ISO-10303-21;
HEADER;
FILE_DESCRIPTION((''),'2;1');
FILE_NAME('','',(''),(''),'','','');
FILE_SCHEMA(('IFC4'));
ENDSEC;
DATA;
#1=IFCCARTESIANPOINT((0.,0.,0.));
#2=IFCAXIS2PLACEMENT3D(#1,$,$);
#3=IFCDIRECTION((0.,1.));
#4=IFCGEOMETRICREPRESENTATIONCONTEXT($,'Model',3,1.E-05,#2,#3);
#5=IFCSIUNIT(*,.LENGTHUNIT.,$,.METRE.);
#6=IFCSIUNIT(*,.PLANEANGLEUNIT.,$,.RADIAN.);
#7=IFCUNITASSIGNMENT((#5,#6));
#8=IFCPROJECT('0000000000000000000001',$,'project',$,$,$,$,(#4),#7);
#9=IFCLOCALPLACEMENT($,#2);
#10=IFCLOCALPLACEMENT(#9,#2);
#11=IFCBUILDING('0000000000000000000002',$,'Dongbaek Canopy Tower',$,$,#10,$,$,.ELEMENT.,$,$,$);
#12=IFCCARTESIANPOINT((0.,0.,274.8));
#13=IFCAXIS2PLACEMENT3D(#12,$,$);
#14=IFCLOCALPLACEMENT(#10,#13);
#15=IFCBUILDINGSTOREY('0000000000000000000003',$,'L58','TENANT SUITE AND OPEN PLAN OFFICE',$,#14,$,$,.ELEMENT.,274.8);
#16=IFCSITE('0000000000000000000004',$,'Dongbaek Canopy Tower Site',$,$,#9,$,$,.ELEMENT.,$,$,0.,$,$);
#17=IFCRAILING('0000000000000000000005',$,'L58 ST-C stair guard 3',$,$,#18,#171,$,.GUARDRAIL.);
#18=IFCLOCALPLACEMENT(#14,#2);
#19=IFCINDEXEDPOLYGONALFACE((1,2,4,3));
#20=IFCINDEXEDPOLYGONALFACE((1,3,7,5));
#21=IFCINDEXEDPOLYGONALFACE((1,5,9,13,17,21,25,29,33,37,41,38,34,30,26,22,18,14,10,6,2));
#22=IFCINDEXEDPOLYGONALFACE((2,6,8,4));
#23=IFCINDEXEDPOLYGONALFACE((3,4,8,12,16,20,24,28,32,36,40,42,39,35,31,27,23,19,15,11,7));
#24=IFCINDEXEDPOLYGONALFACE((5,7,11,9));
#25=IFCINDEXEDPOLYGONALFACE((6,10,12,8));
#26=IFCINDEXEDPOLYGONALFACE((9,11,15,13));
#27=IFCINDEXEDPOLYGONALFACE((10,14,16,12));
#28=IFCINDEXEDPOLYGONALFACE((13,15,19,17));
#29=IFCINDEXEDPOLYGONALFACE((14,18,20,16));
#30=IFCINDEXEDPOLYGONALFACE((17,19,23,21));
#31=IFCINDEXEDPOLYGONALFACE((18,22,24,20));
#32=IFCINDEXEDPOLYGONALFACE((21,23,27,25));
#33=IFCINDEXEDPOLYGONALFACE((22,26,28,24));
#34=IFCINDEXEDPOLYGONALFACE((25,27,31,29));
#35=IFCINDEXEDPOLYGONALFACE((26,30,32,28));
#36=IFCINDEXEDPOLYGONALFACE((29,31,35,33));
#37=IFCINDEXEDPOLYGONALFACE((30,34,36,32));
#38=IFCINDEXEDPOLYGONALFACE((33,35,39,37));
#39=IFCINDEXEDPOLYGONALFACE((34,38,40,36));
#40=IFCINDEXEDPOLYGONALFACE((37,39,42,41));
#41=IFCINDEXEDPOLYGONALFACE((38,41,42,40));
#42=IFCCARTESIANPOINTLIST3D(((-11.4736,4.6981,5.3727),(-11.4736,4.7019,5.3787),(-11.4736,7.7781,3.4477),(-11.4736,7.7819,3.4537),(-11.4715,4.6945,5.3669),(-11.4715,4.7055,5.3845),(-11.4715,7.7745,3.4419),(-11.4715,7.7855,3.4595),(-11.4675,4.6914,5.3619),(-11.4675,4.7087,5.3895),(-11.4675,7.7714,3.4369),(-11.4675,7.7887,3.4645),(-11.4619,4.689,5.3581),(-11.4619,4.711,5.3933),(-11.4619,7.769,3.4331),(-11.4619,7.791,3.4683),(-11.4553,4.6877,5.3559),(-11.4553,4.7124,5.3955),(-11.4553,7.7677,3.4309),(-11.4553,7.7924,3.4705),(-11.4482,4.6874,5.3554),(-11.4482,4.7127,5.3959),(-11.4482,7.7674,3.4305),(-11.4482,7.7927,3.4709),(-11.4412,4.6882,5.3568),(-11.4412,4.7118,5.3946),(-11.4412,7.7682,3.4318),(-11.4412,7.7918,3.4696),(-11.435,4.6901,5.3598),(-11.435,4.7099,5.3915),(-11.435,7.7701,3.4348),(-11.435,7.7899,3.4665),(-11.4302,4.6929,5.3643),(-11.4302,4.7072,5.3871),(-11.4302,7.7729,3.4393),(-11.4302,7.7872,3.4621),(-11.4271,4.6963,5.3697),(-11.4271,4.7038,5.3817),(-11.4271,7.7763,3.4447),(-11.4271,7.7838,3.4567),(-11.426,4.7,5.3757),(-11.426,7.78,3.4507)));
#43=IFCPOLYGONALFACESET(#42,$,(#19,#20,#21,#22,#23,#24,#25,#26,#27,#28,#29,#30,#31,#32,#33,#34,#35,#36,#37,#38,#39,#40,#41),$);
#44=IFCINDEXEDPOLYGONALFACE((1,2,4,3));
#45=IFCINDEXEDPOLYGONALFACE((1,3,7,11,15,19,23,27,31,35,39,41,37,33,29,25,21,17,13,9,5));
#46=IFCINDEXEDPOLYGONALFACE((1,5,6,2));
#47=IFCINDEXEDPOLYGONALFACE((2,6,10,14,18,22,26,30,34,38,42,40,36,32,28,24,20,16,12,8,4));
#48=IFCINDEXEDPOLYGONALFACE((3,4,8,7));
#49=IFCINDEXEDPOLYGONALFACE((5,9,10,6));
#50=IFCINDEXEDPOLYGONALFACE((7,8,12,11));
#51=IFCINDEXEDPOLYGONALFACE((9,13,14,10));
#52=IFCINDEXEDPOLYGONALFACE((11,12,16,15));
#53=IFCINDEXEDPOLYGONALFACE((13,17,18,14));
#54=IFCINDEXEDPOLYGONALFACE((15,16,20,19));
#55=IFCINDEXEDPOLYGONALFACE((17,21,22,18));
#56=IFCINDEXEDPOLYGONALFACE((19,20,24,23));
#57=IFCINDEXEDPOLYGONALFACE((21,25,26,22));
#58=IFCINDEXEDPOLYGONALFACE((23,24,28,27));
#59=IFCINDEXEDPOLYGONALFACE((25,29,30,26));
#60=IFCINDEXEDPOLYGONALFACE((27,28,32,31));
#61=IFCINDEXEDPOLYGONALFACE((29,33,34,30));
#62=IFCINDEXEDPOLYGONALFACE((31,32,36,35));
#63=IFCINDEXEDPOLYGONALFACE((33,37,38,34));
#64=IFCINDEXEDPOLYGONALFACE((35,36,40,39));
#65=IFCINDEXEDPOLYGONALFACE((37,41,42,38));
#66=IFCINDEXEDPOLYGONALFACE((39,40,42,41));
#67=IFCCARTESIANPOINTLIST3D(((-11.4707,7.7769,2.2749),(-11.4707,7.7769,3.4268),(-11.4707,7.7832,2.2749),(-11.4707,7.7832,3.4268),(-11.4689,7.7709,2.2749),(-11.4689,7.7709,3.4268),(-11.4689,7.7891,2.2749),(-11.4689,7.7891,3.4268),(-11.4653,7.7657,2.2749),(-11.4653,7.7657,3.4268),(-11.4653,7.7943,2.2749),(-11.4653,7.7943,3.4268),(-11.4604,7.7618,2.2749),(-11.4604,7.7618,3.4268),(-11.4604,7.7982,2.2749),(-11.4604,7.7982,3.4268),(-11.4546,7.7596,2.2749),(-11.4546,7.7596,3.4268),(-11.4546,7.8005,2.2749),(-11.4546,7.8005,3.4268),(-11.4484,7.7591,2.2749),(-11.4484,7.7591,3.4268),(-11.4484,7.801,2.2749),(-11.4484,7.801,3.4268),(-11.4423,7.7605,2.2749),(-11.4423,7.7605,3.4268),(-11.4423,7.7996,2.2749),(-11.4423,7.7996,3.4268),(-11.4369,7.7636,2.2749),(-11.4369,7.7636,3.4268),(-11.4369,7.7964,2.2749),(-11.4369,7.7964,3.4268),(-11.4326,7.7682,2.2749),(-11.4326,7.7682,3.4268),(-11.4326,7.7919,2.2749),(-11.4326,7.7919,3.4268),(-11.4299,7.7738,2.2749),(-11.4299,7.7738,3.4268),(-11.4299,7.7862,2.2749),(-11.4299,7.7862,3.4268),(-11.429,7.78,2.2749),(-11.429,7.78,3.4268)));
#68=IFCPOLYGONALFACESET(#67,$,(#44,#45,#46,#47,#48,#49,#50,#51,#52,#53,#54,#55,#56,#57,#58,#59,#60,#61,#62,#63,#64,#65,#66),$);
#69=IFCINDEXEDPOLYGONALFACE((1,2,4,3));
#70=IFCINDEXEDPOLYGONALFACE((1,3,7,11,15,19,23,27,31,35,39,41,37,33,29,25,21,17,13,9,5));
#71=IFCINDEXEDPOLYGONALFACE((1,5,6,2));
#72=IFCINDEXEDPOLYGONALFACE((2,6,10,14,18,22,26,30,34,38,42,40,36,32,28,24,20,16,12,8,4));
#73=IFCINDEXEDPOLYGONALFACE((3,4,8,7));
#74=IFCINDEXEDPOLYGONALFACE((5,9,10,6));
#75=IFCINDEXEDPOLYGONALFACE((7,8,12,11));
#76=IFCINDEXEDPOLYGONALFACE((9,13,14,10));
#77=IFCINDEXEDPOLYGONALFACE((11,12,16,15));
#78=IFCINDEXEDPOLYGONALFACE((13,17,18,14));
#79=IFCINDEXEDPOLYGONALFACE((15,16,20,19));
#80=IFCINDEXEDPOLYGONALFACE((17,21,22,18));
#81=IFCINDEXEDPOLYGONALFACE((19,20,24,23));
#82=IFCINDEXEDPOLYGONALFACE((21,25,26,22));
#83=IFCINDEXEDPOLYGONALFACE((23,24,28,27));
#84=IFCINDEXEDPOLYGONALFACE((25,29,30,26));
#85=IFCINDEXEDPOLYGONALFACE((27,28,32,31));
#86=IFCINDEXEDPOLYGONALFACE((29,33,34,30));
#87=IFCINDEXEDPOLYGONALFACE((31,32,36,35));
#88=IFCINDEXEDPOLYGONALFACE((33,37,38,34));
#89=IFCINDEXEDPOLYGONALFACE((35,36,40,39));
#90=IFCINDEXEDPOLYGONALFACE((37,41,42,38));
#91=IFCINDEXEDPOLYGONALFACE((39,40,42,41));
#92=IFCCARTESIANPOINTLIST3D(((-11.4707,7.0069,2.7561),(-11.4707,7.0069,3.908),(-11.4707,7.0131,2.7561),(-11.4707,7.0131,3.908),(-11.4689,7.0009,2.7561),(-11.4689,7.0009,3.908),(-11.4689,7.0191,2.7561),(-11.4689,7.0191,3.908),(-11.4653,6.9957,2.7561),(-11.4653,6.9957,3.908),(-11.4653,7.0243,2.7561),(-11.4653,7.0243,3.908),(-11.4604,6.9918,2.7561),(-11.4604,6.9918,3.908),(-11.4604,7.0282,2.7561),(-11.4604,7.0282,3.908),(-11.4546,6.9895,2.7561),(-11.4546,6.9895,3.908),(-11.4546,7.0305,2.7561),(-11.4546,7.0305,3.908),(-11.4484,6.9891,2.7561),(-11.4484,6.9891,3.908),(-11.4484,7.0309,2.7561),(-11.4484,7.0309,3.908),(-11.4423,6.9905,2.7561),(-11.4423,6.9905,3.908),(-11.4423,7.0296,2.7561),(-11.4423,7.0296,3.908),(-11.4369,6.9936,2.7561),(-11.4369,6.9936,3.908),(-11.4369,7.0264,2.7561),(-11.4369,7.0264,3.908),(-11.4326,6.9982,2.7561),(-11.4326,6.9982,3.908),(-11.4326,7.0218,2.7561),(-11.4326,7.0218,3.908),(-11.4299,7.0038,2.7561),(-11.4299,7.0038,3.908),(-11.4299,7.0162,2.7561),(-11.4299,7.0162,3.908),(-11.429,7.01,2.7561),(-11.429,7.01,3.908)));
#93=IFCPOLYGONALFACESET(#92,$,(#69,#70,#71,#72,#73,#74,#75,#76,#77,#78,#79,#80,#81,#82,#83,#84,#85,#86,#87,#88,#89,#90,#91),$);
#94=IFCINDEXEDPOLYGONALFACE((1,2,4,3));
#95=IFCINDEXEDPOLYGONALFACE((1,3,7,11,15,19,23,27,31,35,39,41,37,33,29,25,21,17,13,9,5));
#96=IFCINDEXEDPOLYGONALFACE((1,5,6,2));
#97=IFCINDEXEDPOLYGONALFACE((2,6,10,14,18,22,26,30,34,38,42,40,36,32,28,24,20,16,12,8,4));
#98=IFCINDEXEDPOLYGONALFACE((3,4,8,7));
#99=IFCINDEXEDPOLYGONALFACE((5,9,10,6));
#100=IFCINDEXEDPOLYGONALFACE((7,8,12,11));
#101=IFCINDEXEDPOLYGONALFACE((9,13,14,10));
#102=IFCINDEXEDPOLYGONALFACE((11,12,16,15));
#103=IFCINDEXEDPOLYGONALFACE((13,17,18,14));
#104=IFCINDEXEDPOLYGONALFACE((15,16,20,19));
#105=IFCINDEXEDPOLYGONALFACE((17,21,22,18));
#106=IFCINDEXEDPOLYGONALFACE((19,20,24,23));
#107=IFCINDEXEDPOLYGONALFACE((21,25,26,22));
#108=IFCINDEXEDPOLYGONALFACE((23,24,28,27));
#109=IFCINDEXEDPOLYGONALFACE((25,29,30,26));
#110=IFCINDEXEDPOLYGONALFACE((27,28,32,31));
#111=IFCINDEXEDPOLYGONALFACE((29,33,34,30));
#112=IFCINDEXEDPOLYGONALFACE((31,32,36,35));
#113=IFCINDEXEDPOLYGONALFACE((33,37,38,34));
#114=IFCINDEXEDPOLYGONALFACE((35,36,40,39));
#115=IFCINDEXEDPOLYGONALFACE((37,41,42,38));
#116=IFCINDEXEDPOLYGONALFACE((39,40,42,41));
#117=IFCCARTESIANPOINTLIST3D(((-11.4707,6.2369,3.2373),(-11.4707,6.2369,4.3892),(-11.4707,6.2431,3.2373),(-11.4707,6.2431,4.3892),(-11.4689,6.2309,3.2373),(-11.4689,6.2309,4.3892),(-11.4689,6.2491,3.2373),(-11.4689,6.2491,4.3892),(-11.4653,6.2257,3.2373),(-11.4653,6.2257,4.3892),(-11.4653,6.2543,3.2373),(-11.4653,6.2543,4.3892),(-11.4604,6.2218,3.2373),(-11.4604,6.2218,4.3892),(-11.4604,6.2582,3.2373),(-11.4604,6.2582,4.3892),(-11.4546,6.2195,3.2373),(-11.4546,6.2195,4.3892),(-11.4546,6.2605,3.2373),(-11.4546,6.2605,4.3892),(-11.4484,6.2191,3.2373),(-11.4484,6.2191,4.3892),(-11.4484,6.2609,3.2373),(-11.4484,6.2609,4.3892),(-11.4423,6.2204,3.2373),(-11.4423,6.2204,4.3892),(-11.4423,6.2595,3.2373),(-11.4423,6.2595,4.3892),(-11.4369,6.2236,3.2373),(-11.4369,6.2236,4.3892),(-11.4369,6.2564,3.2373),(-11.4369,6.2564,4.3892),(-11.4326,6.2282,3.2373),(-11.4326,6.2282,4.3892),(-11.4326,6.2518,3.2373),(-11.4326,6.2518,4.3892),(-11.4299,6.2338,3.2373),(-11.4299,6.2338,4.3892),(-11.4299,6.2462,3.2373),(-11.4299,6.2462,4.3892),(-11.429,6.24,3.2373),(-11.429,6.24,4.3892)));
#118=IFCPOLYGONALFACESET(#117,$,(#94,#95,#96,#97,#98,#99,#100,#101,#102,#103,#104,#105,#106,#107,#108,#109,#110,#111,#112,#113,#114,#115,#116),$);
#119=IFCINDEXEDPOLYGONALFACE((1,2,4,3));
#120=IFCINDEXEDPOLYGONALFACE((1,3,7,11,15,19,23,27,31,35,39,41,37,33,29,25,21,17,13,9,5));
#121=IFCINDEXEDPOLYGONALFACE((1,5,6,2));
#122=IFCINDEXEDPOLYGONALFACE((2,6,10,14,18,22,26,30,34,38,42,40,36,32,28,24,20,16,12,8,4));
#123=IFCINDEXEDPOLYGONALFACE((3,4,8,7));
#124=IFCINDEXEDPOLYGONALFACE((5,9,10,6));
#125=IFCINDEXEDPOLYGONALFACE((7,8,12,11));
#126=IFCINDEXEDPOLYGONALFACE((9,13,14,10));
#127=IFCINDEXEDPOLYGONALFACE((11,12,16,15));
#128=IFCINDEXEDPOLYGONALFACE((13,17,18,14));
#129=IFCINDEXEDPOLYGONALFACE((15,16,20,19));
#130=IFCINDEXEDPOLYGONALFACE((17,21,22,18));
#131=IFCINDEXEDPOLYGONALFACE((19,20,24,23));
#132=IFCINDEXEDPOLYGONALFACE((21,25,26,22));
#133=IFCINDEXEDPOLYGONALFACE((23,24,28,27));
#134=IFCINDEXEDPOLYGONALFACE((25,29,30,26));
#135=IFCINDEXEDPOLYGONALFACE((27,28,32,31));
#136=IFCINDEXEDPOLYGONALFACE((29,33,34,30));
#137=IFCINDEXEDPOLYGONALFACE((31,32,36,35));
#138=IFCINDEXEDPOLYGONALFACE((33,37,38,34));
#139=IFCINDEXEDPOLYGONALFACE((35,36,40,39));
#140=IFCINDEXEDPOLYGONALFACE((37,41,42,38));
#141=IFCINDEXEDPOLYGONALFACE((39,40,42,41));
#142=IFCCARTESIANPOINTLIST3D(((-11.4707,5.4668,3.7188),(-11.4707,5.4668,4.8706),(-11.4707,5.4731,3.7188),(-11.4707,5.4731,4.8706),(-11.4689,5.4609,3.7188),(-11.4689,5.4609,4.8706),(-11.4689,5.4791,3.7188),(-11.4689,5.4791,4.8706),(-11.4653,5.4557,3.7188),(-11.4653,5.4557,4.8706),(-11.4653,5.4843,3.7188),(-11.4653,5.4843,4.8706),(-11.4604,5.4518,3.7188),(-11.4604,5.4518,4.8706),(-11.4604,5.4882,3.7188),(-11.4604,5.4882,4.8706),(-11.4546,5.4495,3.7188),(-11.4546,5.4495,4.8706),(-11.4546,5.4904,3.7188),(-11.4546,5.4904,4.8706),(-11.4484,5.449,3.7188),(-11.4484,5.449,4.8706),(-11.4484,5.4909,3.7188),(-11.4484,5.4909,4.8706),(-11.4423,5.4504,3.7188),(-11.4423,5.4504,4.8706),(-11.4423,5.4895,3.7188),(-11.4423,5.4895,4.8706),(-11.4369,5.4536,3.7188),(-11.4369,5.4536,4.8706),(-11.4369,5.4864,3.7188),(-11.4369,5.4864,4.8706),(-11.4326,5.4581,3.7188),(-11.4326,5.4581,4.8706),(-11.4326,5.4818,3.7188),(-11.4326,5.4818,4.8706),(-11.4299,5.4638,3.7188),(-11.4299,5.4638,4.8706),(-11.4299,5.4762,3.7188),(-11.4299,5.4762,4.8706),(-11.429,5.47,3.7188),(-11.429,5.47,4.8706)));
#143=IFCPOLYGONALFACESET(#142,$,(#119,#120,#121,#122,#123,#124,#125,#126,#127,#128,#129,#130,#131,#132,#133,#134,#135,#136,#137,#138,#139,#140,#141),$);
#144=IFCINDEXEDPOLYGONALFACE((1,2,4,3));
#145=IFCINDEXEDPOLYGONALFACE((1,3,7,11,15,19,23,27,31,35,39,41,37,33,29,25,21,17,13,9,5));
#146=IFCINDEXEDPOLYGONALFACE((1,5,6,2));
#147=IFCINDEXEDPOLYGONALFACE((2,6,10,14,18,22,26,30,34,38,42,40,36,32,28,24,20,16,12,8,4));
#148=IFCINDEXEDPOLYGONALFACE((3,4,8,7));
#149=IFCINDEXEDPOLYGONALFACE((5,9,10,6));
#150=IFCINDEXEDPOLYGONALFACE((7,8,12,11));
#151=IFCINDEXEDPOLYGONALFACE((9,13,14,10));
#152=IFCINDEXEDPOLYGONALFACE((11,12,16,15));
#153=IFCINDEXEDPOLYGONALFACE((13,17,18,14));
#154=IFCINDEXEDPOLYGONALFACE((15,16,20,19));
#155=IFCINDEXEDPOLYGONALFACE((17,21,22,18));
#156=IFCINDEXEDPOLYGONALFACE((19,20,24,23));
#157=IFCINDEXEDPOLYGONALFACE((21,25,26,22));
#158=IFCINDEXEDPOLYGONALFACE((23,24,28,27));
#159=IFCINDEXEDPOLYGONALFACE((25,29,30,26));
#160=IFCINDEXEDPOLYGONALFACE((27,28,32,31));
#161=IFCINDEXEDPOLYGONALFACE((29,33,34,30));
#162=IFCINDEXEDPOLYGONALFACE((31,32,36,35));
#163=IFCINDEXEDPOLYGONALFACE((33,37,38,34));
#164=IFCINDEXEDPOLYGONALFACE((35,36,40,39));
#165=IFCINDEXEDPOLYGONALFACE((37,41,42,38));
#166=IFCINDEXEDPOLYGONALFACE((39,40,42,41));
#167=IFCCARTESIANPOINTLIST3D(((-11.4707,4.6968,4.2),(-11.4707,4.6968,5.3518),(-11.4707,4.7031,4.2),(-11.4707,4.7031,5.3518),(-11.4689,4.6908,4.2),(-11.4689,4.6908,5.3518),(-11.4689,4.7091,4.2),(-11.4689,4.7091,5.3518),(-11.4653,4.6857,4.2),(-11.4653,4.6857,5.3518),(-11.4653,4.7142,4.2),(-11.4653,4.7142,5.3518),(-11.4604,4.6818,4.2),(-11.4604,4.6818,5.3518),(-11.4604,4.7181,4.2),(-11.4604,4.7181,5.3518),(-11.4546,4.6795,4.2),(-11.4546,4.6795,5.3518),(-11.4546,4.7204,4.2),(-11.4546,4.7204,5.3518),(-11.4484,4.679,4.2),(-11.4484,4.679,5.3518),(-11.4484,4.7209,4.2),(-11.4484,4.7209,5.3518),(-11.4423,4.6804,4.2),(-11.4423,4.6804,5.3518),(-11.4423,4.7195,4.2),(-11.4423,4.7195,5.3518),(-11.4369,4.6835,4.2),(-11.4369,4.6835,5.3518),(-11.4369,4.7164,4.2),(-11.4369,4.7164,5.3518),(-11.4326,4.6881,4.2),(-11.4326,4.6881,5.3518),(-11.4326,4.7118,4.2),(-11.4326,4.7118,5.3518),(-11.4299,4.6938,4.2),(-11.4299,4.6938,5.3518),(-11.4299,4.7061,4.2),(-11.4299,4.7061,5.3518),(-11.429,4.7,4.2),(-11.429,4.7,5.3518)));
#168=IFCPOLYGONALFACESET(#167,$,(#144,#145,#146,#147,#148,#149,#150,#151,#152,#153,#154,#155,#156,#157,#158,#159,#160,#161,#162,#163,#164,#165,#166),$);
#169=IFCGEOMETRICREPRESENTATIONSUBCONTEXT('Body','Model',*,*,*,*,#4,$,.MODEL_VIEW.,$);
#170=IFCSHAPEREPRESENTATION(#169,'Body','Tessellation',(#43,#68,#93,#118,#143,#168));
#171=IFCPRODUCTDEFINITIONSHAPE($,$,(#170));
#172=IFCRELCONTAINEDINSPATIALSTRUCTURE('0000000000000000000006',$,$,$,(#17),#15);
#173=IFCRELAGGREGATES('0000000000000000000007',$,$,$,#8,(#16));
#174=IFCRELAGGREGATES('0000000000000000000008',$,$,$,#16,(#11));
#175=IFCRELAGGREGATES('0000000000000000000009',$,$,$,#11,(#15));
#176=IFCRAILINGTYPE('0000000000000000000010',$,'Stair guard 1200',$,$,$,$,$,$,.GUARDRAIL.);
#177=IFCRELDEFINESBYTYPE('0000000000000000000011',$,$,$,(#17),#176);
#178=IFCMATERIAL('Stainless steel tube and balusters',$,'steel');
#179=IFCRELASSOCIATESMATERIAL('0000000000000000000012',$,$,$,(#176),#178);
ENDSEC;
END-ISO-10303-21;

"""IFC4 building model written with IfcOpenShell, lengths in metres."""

from ifc_helpers import new_model, si_unit, direction, frame, origin, origin_2d, place, context, subcontext, project, spatial, circle, extrude, material, type_object, element, save


model = new_model("IFC4")

# Units and contexts
model_context = context("Model", 3, precision=1e-05, world=origin(), true_north=direction((0.0, 1.0)))
body_context = subcontext(model_context, "Body", "Model", "MODEL_VIEW")
ifc_project = project(units=[si_unit("LENGTHUNIT", "METRE"), si_unit("PLANEANGLEUNIT", "RADIAN")], contexts=[model_context])

# Site, building, storey
site_placement = place(None, origin())
site = spatial("IfcSite", under=ifc_project, at=site_placement, Name="Dongbaek Canopy Tower Site", CompositionType="ELEMENT", RefElevation=0.0)
building_placement = place(site_placement, origin())
building = spatial("IfcBuilding", under=site, at=building_placement, Name="Dongbaek Canopy Tower", CompositionType="ELEMENT")
storey_placement = place(building_placement, frame((0.0, 0.0, 274.8)))
storey = spatial("IfcBuildingStorey", under=building, at=storey_placement, Name="L58", Description="TENANT SUITE AND OPEN PLAN OFFICE", CompositionType="ELEMENT", Elevation=274.8)

# Railing
ifc_material_1 = material(Name="Stainless steel tube and balusters", Category="steel")
railing_type_1 = type_object("IfcRailingType", Name="Stair guard 1200", PredefinedType="GUARDRAIL", material=ifc_material_1)
railing_1_placement = place(storey_placement, frame((-11.45, 7.78, 2.2749)))
element("IfcRailing", 1, at=railing_1_placement, inside=storey, type_object=railing_type_1, Name="L58 ST-C stair guard 3", PredefinedType="GUARDRAIL", context=body_context, shape_type="SweptSolid", body=[
    extrude(circle(Radius=0.0239, at=origin_2d()), frame((0.0, 0.0, 1.1758), z_axis=(0.0, -0.847998, 0.529999), x_axis=(1.0, 0.0, 0.0)), (0.0, 0.0, 1.0), 3.6321),
    extrude(circle(Radius=0.021, at=origin_2d()), origin(), (0.0, 0.0, 1.0), 1.1519),
    extrude(circle(Radius=0.021, at=origin_2d()), frame((0.0, -0.77, 0.4812)), (0.0, 0.0, 1.0), 1.1519),
    extrude(circle(Radius=0.021, at=origin_2d()), frame((0.0, -1.54, 0.9624)), (0.0, 0.0, 1.0), 1.1519),
    extrude(circle(Radius=0.021, at=origin_2d()), frame((0.0, -2.3101, 1.4438)), (0.0, 0.0, 1.0), 1.1519),
    extrude(circle(Radius=0.021, at=origin_2d()), frame((0.0, -3.0801, 1.925)), (0.0, 0.0, 1.0), 1.1519),
])

save(model, "model.ifc")
